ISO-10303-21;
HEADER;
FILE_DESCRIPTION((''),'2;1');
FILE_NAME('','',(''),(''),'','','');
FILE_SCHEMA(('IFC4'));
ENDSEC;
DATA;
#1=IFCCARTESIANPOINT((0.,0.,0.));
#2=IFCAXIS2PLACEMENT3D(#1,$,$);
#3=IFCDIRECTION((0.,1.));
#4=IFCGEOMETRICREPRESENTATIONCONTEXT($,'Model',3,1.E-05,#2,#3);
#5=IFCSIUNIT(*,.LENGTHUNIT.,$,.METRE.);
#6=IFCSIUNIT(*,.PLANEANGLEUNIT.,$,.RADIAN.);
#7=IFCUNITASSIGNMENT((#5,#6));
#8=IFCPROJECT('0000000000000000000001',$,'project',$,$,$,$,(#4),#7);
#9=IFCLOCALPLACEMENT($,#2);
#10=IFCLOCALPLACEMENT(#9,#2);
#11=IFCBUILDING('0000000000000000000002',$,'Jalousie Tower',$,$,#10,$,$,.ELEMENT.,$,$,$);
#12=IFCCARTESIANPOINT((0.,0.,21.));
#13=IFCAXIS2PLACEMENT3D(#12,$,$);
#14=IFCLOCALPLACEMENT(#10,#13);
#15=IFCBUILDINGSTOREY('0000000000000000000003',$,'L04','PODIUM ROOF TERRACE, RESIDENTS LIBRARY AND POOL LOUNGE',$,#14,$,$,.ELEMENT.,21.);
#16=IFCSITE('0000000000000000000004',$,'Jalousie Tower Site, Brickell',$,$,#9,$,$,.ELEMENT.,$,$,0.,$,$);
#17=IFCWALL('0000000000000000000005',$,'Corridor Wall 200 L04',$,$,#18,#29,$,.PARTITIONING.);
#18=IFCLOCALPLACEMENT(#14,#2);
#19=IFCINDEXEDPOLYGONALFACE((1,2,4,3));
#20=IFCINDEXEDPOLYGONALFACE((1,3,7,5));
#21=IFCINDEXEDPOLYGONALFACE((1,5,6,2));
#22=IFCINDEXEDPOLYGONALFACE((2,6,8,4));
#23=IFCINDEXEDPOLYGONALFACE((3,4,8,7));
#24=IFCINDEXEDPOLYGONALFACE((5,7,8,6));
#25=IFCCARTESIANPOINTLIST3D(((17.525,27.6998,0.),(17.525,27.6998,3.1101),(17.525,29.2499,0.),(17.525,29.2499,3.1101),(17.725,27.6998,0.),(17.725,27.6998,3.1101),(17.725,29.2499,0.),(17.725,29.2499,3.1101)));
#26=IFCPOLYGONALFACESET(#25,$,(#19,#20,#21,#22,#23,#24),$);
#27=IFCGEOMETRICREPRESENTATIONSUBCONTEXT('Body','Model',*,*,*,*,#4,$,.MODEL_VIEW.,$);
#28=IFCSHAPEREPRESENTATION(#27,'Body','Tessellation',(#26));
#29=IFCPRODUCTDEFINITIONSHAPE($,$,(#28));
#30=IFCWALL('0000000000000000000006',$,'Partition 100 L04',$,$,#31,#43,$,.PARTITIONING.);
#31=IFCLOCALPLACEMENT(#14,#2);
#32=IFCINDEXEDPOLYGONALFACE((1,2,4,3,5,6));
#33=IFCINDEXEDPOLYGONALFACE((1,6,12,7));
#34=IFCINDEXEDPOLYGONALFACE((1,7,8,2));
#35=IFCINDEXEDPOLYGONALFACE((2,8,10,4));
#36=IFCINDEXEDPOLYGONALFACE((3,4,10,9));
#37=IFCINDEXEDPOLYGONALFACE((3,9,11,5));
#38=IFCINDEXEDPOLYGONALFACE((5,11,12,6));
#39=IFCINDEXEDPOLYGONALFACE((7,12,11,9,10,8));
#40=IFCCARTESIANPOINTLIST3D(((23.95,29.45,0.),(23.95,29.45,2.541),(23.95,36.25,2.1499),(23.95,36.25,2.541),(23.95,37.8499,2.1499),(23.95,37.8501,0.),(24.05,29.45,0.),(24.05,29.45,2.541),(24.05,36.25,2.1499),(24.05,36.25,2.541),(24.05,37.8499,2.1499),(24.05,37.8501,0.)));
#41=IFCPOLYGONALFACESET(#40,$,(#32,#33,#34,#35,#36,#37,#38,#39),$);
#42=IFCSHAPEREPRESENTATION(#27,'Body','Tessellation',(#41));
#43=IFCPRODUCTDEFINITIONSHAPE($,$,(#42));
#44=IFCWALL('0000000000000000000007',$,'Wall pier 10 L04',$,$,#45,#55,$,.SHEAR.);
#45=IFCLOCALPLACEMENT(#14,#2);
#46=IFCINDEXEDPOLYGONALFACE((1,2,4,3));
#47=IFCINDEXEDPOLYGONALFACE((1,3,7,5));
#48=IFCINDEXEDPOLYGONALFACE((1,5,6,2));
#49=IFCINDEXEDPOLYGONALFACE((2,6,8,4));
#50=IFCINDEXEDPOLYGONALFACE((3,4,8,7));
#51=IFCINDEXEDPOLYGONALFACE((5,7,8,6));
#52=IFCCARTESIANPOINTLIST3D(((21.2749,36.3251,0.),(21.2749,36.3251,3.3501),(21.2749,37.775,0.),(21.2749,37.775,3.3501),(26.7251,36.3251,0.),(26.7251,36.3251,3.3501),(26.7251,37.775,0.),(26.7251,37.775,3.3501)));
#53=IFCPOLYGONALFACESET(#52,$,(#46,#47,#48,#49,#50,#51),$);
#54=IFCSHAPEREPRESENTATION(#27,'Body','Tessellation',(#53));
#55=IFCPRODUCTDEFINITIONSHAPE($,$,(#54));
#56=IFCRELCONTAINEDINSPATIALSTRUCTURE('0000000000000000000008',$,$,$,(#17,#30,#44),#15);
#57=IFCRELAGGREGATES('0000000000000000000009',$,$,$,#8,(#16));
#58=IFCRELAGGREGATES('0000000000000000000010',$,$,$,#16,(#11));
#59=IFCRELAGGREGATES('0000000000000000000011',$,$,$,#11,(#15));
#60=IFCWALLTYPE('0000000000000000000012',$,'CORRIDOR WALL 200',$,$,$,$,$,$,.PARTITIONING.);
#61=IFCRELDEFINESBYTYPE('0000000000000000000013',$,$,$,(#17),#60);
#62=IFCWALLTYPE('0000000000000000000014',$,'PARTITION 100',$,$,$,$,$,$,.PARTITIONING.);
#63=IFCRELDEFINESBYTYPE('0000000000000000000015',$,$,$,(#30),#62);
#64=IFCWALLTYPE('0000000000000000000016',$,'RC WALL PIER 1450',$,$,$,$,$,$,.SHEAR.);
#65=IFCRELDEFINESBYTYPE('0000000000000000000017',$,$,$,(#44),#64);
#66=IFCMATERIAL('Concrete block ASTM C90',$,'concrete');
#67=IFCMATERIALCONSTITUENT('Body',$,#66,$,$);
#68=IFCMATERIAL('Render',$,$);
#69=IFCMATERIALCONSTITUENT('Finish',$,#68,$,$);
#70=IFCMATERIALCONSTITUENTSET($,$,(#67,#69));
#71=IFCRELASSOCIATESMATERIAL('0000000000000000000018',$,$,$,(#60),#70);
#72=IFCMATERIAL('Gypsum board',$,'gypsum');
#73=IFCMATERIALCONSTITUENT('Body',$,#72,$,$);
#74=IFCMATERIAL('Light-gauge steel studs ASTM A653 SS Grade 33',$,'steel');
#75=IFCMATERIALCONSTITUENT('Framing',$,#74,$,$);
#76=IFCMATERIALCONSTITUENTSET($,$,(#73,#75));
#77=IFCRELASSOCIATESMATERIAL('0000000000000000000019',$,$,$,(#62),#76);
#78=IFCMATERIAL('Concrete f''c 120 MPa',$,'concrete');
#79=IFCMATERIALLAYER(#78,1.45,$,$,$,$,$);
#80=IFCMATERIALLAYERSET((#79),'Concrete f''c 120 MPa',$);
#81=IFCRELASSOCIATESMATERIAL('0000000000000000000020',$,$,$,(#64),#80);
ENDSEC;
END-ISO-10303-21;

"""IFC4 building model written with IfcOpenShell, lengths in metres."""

from ifc_helpers import new_model, si_unit, direction, frame, frame_2d, origin, place, context, subcontext, project, spatial, polyline, rectangle, outline, extrude, material, layer, layer_set, constituent, constituent_set, type_object, element, save


model = new_model("IFC4")

# Units and contexts
model_context = context("Model", 3, precision=1e-05, world=origin(), true_north=direction((0.0, 1.0)))
body_context = subcontext(model_context, "Body", "Model", "MODEL_VIEW")
ifc_project = project(units=[si_unit("LENGTHUNIT", "METRE"), si_unit("PLANEANGLEUNIT", "RADIAN")], contexts=[model_context])

# Site, building, storey
site_placement = place(None, origin())
site = spatial("IfcSite", under=ifc_project, at=site_placement, Name="Jalousie Tower Site, Brickell", CompositionType="ELEMENT", RefElevation=0.0)
building_placement = place(site_placement, origin())
building = spatial("IfcBuilding", under=site, at=building_placement, Name="Jalousie Tower", CompositionType="ELEMENT")
storey_placement = place(building_placement, frame((0.0, 0.0, 21.0)))
storey = spatial("IfcBuildingStorey", under=building, at=storey_placement, Name="L04", Description="PODIUM ROOF TERRACE, RESIDENTS LIBRARY AND POOL LOUNGE", CompositionType="ELEMENT", Elevation=21.0)

# Shared definitions
ifc_material_1 = material(Name="Concrete block ASTM C90", Category="concrete")
ifc_constituent_1 = constituent(ifc_material_1, Name="Body")
ifc_material_2 = material(Name="Render")
ifc_constituent_2 = constituent(ifc_material_2, Name="Finish")
ifc_constituent_set_1 = constituent_set(constituents=[ifc_constituent_1, ifc_constituent_2])
wall_type_1 = type_object("IfcWallType", Name="CORRIDOR WALL 200", PredefinedType="PARTITIONING", material=ifc_constituent_set_1)

# Walls
wall_1_placement = place(storey_placement, frame((17.625, 27.7, 0.0), z_axis=(0.0, 0.0, 1.0), x_axis=(0.0, 1.0, 0.0)))
element("IfcWall", 1, at=wall_1_placement, inside=storey, type_object=wall_type_1, Name="Corridor Wall 200 L04", PredefinedType="PARTITIONING", context=body_context, shape_type="SweptSolid", body=[
    extrude(rectangle(XDim=1.55, YDim=0.2, at=frame_2d((0.7749, 0.0))), origin(), (0.0, 0.0, 1.0), 3.1101),
])
ifc_material_3 = material(Name="Gypsum board", Category="gypsum")
ifc_constituent_3 = constituent(ifc_material_3, Name="Body")
ifc_material_4 = material(Name="Light-gauge steel studs ASTM A653 SS Grade 33", Category="steel")
ifc_constituent_4 = constituent(ifc_material_4, Name="Framing")
ifc_constituent_set_2 = constituent_set(constituents=[ifc_constituent_3, ifc_constituent_4])
wall_type_2 = type_object("IfcWallType", Name="PARTITION 100", PredefinedType="PARTITIONING", material=ifc_constituent_set_2)
wall_2_placement = place(storey_placement, frame((24.0, 29.45, 0.0), z_axis=(0.0, 0.0, 1.0), x_axis=(0.0, 1.0, 0.0)))
element("IfcWall", 2, at=wall_2_placement, inside=storey, type_object=wall_type_2, Name="Partition 100 L04", PredefinedType="PARTITIONING", context=body_context, shape_type="SweptSolid", body=[
    extrude(outline(polyline([(0.0, 0.0), (8.4001, 0.0), (8.3999, 2.1499), (6.8, 2.1499), (6.8, 2.541), (0.0, 2.541), (0.0, 0.0)])), frame((0.0, 0.05, 0.0), z_axis=(0.0, -1.0, 0.0), x_axis=(1.0, 0.0, 0.0)), (0.0, 0.0, 1.0), 0.1001),
])
ifc_material_5 = material(Name="Concrete f'c 120 MPa", Category="concrete")
ifc_layer_1 = layer(ifc_material_5, 1.45)
ifc_layer_set_1 = layer_set([ifc_layer_1], Name="Concrete f'c 120 MPa")
wall_type_3 = type_object("IfcWallType", Name="RC WALL PIER 1450", PredefinedType="SHEAR", material=ifc_layer_set_1)
wall_3_placement = place(storey_placement, frame((21.2749, 37.05, 0.0), z_axis=(0.0, 0.0, 1.0), x_axis=(1.0, 0.0, 0.0)))
element("IfcWall", 3, at=wall_3_placement, inside=storey, type_object=wall_type_3, Name="Wall pier 10 L04", PredefinedType="SHEAR", context=body_context, shape_type="SweptSolid", body=[
    extrude(rectangle(XDim=5.4502, YDim=1.45, at=frame_2d((2.7251, 0.0))), origin(), (0.0, 0.0, 1.0), 3.3501),
])

save(model, "model.ifc")
